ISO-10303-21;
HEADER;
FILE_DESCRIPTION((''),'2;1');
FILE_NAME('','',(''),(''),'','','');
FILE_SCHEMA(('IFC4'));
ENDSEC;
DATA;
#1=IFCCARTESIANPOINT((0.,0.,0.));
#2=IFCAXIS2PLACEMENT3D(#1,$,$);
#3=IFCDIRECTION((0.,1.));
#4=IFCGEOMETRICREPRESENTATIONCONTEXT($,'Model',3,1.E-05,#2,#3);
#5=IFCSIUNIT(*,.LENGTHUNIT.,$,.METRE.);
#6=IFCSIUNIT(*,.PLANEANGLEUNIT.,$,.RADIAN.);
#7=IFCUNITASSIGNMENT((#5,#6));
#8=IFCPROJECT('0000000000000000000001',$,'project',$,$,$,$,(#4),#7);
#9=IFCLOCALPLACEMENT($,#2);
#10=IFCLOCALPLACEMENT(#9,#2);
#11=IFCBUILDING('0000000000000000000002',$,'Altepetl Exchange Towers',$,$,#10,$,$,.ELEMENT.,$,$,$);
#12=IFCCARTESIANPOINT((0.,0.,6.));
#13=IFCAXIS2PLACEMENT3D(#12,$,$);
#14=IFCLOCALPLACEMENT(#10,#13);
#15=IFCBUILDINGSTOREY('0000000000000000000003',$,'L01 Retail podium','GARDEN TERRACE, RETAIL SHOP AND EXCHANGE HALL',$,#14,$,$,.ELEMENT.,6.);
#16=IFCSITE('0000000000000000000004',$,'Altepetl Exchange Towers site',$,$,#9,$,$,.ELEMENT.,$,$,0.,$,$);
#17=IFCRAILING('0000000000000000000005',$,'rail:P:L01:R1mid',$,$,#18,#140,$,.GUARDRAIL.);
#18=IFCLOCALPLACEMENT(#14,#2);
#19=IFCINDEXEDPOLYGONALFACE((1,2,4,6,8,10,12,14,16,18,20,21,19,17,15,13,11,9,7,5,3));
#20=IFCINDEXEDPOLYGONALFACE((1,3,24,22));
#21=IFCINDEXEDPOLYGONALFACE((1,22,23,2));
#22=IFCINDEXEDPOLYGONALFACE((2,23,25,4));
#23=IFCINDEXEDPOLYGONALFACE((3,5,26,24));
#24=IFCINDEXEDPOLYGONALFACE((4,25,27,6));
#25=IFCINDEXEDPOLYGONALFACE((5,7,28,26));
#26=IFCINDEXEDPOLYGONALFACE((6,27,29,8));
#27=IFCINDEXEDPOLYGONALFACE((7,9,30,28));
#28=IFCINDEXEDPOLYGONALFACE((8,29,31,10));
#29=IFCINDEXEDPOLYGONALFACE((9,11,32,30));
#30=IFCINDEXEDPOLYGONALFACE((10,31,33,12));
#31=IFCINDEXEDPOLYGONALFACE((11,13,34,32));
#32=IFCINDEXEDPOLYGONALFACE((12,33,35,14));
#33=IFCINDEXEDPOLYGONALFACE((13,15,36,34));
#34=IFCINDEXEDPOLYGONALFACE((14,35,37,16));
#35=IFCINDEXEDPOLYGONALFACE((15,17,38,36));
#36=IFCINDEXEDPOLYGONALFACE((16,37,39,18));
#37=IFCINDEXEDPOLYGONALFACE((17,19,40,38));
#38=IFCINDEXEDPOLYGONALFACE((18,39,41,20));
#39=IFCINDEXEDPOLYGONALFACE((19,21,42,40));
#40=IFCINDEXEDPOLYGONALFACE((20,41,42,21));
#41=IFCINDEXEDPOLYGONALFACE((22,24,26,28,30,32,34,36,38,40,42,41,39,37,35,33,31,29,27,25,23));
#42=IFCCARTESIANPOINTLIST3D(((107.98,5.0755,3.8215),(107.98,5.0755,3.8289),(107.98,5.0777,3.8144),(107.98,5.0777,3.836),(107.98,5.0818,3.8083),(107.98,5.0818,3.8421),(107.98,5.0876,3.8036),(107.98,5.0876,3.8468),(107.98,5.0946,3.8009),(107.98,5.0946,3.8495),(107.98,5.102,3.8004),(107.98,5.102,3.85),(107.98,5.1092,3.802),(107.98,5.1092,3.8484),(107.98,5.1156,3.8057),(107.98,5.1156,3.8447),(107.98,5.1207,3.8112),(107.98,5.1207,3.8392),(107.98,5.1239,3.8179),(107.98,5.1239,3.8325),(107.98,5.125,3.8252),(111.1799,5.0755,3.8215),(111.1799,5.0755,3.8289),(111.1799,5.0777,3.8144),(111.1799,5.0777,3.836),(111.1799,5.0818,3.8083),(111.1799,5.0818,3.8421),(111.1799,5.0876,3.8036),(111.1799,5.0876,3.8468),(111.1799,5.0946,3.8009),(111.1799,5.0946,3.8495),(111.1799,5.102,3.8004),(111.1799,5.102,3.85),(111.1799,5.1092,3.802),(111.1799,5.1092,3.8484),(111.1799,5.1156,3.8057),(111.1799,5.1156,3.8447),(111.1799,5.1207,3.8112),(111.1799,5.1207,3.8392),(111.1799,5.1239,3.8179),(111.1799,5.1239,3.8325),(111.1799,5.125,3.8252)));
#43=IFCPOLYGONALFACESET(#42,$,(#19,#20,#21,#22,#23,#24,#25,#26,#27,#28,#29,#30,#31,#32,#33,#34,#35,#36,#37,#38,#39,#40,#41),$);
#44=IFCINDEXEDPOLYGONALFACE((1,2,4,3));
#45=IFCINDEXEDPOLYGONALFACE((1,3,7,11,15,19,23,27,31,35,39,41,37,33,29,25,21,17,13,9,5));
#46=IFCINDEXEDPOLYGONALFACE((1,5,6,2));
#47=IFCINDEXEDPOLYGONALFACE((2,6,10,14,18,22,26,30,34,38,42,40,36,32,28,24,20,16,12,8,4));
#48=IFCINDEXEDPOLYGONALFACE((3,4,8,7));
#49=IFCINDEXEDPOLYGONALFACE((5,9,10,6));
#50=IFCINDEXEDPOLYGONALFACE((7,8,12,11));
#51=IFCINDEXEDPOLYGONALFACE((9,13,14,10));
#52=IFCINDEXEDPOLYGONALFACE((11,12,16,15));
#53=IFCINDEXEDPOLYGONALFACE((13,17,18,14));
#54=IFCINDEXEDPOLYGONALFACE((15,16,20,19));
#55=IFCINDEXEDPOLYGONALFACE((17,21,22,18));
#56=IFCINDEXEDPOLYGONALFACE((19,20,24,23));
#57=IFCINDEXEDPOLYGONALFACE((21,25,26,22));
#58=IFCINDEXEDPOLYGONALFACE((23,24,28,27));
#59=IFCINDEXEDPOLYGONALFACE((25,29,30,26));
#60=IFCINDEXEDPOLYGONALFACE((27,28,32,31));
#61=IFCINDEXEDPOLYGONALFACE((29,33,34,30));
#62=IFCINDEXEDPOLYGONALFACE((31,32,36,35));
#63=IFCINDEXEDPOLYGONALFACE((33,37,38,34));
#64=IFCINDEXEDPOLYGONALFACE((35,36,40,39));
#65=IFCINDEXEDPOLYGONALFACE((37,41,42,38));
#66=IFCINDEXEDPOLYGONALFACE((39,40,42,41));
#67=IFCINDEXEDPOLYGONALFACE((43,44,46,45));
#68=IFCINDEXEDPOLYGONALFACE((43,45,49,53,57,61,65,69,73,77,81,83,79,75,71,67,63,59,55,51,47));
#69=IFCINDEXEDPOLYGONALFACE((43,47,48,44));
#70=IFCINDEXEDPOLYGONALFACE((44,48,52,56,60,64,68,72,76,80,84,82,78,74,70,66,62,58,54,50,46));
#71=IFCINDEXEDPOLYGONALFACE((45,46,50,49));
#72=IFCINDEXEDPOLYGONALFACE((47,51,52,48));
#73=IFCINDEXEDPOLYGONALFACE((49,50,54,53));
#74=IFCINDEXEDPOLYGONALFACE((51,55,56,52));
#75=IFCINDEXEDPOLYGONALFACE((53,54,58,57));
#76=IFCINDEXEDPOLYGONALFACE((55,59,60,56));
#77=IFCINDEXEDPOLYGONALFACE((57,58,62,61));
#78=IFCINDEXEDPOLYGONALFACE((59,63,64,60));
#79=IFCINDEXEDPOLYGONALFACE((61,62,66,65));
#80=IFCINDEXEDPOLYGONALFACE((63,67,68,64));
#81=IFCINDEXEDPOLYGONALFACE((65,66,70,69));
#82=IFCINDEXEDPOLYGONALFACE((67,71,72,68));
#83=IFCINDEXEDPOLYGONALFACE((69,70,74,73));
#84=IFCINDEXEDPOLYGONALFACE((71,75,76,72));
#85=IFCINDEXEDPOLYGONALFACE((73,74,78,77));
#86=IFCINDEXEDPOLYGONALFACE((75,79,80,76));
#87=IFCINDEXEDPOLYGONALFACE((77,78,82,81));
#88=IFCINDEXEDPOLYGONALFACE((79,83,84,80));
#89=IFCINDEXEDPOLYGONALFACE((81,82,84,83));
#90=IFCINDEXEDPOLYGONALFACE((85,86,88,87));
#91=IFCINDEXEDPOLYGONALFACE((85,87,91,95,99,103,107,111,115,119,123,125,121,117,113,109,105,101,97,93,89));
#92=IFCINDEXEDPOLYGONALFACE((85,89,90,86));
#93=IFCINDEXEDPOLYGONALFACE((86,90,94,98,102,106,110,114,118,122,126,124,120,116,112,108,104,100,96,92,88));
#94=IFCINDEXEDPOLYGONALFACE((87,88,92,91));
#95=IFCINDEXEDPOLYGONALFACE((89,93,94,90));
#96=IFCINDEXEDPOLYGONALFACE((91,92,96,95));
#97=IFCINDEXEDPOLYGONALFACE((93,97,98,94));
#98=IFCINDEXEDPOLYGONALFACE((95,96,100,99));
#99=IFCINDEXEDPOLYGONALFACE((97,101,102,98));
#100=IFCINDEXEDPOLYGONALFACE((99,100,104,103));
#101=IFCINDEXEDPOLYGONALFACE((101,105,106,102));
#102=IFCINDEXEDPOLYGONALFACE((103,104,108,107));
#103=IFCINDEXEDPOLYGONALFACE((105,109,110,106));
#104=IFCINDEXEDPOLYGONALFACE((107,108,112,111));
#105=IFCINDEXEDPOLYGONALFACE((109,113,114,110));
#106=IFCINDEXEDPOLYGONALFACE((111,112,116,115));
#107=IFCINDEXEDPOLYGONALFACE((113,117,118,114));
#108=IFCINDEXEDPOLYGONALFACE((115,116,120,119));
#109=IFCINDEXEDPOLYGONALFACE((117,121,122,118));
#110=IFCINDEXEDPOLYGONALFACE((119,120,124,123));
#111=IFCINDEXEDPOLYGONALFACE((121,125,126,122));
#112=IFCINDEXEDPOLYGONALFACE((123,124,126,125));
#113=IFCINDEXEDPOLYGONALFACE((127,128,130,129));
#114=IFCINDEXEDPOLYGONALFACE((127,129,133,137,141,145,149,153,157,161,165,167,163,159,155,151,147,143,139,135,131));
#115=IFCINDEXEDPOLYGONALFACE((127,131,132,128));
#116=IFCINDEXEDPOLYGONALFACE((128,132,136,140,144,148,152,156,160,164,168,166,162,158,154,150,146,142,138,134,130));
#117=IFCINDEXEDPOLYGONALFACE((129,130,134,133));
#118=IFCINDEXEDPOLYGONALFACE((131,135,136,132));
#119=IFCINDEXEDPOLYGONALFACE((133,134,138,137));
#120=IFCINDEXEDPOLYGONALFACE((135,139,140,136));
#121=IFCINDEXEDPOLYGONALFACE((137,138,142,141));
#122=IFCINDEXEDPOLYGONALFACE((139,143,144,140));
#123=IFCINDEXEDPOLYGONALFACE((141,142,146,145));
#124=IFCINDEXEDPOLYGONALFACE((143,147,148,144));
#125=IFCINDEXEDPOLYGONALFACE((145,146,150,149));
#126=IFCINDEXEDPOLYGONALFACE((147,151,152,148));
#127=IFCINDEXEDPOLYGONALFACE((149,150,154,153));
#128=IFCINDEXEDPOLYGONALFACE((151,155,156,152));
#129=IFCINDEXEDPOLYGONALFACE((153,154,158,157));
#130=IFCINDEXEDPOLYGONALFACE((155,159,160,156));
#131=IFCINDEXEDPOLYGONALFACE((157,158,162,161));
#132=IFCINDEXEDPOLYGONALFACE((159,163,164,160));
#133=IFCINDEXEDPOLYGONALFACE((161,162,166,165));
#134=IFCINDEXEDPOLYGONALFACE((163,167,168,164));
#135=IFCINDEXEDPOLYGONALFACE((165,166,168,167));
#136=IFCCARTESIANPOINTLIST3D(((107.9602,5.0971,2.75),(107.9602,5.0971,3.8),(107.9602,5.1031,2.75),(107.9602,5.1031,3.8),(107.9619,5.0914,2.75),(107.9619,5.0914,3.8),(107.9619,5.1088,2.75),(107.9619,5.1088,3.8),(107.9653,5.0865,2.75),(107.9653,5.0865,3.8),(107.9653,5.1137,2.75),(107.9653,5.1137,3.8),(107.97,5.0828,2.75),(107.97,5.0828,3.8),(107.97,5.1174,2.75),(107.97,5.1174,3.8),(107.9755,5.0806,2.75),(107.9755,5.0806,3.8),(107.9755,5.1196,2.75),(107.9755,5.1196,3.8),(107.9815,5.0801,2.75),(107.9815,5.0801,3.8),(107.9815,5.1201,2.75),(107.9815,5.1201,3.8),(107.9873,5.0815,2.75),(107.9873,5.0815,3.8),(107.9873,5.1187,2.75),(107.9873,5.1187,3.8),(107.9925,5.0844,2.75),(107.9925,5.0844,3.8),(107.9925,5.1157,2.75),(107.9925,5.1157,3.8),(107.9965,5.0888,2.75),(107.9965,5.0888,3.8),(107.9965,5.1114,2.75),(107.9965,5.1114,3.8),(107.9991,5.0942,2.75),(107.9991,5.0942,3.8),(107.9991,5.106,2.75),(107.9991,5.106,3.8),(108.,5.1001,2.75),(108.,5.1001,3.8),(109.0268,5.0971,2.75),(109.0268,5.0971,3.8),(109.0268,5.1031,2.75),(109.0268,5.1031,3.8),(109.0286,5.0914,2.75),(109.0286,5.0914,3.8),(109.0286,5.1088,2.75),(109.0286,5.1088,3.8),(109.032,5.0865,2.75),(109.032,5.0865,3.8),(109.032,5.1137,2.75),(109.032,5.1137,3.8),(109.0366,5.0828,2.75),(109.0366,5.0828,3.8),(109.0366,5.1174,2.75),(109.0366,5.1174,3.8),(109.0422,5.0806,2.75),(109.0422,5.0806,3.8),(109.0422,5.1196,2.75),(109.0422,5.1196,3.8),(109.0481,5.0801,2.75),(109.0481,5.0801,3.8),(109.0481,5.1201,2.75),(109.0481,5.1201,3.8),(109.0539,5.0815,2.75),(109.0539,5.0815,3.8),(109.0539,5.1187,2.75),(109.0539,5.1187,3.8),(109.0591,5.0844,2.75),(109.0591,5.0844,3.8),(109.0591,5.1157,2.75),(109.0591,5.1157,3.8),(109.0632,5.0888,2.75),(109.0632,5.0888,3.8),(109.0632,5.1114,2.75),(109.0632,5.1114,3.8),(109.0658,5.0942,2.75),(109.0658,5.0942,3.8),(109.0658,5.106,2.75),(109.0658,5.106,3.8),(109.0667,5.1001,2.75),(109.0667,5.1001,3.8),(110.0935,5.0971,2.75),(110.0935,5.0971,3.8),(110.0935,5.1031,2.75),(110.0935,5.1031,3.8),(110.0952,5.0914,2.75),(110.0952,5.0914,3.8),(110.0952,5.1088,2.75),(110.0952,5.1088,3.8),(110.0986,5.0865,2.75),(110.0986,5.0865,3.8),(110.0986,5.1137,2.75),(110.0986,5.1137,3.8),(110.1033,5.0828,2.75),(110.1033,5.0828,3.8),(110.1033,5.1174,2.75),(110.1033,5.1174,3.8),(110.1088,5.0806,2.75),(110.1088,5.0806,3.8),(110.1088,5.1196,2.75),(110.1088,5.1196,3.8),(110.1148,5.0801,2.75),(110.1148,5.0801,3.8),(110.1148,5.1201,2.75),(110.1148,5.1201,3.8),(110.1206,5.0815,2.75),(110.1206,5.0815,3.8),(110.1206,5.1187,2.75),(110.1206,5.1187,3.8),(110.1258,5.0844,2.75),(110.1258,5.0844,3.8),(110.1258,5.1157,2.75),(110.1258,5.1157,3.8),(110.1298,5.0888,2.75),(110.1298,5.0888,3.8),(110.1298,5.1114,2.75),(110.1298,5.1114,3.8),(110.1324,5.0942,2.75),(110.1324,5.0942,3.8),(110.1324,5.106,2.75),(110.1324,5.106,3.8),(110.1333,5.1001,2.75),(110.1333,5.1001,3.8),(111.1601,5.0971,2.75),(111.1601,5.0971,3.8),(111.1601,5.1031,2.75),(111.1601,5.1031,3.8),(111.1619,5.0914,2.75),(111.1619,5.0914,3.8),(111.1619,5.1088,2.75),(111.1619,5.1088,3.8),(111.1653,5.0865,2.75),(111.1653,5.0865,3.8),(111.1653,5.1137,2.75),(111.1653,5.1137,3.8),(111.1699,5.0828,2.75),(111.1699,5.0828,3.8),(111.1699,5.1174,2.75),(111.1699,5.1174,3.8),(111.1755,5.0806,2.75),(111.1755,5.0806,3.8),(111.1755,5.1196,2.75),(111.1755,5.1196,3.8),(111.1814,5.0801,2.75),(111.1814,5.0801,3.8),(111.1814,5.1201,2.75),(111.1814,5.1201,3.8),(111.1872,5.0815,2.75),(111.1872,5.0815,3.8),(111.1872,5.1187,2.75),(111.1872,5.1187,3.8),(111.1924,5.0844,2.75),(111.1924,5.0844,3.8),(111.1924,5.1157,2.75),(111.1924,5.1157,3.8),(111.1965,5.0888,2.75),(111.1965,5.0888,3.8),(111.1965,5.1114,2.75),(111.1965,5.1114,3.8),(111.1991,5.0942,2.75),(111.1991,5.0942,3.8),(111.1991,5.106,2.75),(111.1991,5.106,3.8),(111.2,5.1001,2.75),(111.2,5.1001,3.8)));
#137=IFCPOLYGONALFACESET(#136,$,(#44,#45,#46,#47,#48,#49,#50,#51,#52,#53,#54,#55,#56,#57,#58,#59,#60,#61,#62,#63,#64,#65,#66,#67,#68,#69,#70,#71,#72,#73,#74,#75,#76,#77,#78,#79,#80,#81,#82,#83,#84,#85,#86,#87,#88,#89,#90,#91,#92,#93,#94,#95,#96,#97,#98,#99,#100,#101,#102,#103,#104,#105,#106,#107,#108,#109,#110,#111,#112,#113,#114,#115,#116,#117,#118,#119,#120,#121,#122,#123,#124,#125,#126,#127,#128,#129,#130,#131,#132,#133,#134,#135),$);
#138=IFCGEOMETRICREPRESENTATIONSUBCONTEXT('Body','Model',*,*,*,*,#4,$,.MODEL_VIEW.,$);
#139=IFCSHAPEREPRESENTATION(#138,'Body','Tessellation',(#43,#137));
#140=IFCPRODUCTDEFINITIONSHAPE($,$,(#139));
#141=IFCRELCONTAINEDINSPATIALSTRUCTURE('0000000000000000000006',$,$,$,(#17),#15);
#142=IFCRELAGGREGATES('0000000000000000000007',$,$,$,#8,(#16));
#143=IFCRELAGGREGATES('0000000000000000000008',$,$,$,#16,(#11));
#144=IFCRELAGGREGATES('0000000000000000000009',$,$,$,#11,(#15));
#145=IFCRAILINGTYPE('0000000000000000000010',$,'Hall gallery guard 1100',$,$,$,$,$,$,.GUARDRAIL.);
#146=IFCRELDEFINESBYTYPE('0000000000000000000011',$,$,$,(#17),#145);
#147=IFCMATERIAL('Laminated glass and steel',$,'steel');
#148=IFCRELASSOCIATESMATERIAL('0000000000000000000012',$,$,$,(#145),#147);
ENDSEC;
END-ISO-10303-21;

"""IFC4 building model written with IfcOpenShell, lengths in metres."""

from ifc_helpers import new_model, si_unit, direction, frame, origin, origin_2d, place, context, subcontext, project, spatial, circle, extrude, source, transform, mapped, material, type_object, element, save


model = new_model("IFC4")

# Units and contexts
model_context = context("Model", 3, precision=1e-05, world=origin(), true_north=direction((0.0, 1.0)))
body_context = subcontext(model_context, "Body", "Model", "MODEL_VIEW")
ifc_project = project(units=[si_unit("LENGTHUNIT", "METRE"), si_unit("PLANEANGLEUNIT", "RADIAN")], contexts=[model_context])

# Site, building, storey
site_placement = place(None, origin())
site = spatial("IfcSite", under=ifc_project, at=site_placement, Name="Altepetl Exchange Towers site", CompositionType="ELEMENT", RefElevation=0.0)
building_placement = place(site_placement, origin())
building = spatial("IfcBuilding", under=site, at=building_placement, Name="Altepetl Exchange Towers", CompositionType="ELEMENT")
storey_placement = place(building_placement, frame((0.0, 0.0, 6.0)))
storey = spatial("IfcBuildingStorey", under=building, at=storey_placement, Name="L01 Retail podium", Description="GARDEN TERRACE, RETAIL SHOP AND EXCHANGE HALL", CompositionType="ELEMENT", Elevation=6.0)

# Railing
ifc_material_1 = material(Name="Laminated glass and steel", Category="steel")
railing_type_1 = type_object("IfcRailingType", Name="Hall gallery guard 1100", PredefinedType="GUARDRAIL", material=ifc_material_1)
shared_shape_1 = source(origin(), body_context, "Body", "SweptSolid", [
    extrude(circle(Radius=0.02, at=origin_2d()), origin(), (0.0, 0.0, 1.0), 1.05),
])
for number, where, name in (
    (1, (107.98, 5.1001, 2.75), "rail:P:L01:R1mid"),
):
    element("IfcRailing", number, at=place(storey_placement, frame(where)), inside=storey, type_object=railing_type_1, Name=name, PredefinedType="GUARDRAIL", context=body_context, shape_type="SweptSolid", body=[
        extrude(circle(Radius=0.0249, at=origin_2d()), frame((0.0, 0.0, 1.0752), z_axis=(1.0, 0.0, 0.0), x_axis=(0.0, 1.0, 0.0)), (0.0, 0.0, 1.0), 3.2),
        mapped(shared_shape_1, transform((0.0, 0.0, 0.0))),
        mapped(shared_shape_1, transform((1.0667, 0.0, 0.0))),
        mapped(shared_shape_1, transform((2.1333, 0.0, 0.0))),
        mapped(shared_shape_1, transform((3.2, 0.0, 0.0))),
    ])

save(model, "model.ifc")
